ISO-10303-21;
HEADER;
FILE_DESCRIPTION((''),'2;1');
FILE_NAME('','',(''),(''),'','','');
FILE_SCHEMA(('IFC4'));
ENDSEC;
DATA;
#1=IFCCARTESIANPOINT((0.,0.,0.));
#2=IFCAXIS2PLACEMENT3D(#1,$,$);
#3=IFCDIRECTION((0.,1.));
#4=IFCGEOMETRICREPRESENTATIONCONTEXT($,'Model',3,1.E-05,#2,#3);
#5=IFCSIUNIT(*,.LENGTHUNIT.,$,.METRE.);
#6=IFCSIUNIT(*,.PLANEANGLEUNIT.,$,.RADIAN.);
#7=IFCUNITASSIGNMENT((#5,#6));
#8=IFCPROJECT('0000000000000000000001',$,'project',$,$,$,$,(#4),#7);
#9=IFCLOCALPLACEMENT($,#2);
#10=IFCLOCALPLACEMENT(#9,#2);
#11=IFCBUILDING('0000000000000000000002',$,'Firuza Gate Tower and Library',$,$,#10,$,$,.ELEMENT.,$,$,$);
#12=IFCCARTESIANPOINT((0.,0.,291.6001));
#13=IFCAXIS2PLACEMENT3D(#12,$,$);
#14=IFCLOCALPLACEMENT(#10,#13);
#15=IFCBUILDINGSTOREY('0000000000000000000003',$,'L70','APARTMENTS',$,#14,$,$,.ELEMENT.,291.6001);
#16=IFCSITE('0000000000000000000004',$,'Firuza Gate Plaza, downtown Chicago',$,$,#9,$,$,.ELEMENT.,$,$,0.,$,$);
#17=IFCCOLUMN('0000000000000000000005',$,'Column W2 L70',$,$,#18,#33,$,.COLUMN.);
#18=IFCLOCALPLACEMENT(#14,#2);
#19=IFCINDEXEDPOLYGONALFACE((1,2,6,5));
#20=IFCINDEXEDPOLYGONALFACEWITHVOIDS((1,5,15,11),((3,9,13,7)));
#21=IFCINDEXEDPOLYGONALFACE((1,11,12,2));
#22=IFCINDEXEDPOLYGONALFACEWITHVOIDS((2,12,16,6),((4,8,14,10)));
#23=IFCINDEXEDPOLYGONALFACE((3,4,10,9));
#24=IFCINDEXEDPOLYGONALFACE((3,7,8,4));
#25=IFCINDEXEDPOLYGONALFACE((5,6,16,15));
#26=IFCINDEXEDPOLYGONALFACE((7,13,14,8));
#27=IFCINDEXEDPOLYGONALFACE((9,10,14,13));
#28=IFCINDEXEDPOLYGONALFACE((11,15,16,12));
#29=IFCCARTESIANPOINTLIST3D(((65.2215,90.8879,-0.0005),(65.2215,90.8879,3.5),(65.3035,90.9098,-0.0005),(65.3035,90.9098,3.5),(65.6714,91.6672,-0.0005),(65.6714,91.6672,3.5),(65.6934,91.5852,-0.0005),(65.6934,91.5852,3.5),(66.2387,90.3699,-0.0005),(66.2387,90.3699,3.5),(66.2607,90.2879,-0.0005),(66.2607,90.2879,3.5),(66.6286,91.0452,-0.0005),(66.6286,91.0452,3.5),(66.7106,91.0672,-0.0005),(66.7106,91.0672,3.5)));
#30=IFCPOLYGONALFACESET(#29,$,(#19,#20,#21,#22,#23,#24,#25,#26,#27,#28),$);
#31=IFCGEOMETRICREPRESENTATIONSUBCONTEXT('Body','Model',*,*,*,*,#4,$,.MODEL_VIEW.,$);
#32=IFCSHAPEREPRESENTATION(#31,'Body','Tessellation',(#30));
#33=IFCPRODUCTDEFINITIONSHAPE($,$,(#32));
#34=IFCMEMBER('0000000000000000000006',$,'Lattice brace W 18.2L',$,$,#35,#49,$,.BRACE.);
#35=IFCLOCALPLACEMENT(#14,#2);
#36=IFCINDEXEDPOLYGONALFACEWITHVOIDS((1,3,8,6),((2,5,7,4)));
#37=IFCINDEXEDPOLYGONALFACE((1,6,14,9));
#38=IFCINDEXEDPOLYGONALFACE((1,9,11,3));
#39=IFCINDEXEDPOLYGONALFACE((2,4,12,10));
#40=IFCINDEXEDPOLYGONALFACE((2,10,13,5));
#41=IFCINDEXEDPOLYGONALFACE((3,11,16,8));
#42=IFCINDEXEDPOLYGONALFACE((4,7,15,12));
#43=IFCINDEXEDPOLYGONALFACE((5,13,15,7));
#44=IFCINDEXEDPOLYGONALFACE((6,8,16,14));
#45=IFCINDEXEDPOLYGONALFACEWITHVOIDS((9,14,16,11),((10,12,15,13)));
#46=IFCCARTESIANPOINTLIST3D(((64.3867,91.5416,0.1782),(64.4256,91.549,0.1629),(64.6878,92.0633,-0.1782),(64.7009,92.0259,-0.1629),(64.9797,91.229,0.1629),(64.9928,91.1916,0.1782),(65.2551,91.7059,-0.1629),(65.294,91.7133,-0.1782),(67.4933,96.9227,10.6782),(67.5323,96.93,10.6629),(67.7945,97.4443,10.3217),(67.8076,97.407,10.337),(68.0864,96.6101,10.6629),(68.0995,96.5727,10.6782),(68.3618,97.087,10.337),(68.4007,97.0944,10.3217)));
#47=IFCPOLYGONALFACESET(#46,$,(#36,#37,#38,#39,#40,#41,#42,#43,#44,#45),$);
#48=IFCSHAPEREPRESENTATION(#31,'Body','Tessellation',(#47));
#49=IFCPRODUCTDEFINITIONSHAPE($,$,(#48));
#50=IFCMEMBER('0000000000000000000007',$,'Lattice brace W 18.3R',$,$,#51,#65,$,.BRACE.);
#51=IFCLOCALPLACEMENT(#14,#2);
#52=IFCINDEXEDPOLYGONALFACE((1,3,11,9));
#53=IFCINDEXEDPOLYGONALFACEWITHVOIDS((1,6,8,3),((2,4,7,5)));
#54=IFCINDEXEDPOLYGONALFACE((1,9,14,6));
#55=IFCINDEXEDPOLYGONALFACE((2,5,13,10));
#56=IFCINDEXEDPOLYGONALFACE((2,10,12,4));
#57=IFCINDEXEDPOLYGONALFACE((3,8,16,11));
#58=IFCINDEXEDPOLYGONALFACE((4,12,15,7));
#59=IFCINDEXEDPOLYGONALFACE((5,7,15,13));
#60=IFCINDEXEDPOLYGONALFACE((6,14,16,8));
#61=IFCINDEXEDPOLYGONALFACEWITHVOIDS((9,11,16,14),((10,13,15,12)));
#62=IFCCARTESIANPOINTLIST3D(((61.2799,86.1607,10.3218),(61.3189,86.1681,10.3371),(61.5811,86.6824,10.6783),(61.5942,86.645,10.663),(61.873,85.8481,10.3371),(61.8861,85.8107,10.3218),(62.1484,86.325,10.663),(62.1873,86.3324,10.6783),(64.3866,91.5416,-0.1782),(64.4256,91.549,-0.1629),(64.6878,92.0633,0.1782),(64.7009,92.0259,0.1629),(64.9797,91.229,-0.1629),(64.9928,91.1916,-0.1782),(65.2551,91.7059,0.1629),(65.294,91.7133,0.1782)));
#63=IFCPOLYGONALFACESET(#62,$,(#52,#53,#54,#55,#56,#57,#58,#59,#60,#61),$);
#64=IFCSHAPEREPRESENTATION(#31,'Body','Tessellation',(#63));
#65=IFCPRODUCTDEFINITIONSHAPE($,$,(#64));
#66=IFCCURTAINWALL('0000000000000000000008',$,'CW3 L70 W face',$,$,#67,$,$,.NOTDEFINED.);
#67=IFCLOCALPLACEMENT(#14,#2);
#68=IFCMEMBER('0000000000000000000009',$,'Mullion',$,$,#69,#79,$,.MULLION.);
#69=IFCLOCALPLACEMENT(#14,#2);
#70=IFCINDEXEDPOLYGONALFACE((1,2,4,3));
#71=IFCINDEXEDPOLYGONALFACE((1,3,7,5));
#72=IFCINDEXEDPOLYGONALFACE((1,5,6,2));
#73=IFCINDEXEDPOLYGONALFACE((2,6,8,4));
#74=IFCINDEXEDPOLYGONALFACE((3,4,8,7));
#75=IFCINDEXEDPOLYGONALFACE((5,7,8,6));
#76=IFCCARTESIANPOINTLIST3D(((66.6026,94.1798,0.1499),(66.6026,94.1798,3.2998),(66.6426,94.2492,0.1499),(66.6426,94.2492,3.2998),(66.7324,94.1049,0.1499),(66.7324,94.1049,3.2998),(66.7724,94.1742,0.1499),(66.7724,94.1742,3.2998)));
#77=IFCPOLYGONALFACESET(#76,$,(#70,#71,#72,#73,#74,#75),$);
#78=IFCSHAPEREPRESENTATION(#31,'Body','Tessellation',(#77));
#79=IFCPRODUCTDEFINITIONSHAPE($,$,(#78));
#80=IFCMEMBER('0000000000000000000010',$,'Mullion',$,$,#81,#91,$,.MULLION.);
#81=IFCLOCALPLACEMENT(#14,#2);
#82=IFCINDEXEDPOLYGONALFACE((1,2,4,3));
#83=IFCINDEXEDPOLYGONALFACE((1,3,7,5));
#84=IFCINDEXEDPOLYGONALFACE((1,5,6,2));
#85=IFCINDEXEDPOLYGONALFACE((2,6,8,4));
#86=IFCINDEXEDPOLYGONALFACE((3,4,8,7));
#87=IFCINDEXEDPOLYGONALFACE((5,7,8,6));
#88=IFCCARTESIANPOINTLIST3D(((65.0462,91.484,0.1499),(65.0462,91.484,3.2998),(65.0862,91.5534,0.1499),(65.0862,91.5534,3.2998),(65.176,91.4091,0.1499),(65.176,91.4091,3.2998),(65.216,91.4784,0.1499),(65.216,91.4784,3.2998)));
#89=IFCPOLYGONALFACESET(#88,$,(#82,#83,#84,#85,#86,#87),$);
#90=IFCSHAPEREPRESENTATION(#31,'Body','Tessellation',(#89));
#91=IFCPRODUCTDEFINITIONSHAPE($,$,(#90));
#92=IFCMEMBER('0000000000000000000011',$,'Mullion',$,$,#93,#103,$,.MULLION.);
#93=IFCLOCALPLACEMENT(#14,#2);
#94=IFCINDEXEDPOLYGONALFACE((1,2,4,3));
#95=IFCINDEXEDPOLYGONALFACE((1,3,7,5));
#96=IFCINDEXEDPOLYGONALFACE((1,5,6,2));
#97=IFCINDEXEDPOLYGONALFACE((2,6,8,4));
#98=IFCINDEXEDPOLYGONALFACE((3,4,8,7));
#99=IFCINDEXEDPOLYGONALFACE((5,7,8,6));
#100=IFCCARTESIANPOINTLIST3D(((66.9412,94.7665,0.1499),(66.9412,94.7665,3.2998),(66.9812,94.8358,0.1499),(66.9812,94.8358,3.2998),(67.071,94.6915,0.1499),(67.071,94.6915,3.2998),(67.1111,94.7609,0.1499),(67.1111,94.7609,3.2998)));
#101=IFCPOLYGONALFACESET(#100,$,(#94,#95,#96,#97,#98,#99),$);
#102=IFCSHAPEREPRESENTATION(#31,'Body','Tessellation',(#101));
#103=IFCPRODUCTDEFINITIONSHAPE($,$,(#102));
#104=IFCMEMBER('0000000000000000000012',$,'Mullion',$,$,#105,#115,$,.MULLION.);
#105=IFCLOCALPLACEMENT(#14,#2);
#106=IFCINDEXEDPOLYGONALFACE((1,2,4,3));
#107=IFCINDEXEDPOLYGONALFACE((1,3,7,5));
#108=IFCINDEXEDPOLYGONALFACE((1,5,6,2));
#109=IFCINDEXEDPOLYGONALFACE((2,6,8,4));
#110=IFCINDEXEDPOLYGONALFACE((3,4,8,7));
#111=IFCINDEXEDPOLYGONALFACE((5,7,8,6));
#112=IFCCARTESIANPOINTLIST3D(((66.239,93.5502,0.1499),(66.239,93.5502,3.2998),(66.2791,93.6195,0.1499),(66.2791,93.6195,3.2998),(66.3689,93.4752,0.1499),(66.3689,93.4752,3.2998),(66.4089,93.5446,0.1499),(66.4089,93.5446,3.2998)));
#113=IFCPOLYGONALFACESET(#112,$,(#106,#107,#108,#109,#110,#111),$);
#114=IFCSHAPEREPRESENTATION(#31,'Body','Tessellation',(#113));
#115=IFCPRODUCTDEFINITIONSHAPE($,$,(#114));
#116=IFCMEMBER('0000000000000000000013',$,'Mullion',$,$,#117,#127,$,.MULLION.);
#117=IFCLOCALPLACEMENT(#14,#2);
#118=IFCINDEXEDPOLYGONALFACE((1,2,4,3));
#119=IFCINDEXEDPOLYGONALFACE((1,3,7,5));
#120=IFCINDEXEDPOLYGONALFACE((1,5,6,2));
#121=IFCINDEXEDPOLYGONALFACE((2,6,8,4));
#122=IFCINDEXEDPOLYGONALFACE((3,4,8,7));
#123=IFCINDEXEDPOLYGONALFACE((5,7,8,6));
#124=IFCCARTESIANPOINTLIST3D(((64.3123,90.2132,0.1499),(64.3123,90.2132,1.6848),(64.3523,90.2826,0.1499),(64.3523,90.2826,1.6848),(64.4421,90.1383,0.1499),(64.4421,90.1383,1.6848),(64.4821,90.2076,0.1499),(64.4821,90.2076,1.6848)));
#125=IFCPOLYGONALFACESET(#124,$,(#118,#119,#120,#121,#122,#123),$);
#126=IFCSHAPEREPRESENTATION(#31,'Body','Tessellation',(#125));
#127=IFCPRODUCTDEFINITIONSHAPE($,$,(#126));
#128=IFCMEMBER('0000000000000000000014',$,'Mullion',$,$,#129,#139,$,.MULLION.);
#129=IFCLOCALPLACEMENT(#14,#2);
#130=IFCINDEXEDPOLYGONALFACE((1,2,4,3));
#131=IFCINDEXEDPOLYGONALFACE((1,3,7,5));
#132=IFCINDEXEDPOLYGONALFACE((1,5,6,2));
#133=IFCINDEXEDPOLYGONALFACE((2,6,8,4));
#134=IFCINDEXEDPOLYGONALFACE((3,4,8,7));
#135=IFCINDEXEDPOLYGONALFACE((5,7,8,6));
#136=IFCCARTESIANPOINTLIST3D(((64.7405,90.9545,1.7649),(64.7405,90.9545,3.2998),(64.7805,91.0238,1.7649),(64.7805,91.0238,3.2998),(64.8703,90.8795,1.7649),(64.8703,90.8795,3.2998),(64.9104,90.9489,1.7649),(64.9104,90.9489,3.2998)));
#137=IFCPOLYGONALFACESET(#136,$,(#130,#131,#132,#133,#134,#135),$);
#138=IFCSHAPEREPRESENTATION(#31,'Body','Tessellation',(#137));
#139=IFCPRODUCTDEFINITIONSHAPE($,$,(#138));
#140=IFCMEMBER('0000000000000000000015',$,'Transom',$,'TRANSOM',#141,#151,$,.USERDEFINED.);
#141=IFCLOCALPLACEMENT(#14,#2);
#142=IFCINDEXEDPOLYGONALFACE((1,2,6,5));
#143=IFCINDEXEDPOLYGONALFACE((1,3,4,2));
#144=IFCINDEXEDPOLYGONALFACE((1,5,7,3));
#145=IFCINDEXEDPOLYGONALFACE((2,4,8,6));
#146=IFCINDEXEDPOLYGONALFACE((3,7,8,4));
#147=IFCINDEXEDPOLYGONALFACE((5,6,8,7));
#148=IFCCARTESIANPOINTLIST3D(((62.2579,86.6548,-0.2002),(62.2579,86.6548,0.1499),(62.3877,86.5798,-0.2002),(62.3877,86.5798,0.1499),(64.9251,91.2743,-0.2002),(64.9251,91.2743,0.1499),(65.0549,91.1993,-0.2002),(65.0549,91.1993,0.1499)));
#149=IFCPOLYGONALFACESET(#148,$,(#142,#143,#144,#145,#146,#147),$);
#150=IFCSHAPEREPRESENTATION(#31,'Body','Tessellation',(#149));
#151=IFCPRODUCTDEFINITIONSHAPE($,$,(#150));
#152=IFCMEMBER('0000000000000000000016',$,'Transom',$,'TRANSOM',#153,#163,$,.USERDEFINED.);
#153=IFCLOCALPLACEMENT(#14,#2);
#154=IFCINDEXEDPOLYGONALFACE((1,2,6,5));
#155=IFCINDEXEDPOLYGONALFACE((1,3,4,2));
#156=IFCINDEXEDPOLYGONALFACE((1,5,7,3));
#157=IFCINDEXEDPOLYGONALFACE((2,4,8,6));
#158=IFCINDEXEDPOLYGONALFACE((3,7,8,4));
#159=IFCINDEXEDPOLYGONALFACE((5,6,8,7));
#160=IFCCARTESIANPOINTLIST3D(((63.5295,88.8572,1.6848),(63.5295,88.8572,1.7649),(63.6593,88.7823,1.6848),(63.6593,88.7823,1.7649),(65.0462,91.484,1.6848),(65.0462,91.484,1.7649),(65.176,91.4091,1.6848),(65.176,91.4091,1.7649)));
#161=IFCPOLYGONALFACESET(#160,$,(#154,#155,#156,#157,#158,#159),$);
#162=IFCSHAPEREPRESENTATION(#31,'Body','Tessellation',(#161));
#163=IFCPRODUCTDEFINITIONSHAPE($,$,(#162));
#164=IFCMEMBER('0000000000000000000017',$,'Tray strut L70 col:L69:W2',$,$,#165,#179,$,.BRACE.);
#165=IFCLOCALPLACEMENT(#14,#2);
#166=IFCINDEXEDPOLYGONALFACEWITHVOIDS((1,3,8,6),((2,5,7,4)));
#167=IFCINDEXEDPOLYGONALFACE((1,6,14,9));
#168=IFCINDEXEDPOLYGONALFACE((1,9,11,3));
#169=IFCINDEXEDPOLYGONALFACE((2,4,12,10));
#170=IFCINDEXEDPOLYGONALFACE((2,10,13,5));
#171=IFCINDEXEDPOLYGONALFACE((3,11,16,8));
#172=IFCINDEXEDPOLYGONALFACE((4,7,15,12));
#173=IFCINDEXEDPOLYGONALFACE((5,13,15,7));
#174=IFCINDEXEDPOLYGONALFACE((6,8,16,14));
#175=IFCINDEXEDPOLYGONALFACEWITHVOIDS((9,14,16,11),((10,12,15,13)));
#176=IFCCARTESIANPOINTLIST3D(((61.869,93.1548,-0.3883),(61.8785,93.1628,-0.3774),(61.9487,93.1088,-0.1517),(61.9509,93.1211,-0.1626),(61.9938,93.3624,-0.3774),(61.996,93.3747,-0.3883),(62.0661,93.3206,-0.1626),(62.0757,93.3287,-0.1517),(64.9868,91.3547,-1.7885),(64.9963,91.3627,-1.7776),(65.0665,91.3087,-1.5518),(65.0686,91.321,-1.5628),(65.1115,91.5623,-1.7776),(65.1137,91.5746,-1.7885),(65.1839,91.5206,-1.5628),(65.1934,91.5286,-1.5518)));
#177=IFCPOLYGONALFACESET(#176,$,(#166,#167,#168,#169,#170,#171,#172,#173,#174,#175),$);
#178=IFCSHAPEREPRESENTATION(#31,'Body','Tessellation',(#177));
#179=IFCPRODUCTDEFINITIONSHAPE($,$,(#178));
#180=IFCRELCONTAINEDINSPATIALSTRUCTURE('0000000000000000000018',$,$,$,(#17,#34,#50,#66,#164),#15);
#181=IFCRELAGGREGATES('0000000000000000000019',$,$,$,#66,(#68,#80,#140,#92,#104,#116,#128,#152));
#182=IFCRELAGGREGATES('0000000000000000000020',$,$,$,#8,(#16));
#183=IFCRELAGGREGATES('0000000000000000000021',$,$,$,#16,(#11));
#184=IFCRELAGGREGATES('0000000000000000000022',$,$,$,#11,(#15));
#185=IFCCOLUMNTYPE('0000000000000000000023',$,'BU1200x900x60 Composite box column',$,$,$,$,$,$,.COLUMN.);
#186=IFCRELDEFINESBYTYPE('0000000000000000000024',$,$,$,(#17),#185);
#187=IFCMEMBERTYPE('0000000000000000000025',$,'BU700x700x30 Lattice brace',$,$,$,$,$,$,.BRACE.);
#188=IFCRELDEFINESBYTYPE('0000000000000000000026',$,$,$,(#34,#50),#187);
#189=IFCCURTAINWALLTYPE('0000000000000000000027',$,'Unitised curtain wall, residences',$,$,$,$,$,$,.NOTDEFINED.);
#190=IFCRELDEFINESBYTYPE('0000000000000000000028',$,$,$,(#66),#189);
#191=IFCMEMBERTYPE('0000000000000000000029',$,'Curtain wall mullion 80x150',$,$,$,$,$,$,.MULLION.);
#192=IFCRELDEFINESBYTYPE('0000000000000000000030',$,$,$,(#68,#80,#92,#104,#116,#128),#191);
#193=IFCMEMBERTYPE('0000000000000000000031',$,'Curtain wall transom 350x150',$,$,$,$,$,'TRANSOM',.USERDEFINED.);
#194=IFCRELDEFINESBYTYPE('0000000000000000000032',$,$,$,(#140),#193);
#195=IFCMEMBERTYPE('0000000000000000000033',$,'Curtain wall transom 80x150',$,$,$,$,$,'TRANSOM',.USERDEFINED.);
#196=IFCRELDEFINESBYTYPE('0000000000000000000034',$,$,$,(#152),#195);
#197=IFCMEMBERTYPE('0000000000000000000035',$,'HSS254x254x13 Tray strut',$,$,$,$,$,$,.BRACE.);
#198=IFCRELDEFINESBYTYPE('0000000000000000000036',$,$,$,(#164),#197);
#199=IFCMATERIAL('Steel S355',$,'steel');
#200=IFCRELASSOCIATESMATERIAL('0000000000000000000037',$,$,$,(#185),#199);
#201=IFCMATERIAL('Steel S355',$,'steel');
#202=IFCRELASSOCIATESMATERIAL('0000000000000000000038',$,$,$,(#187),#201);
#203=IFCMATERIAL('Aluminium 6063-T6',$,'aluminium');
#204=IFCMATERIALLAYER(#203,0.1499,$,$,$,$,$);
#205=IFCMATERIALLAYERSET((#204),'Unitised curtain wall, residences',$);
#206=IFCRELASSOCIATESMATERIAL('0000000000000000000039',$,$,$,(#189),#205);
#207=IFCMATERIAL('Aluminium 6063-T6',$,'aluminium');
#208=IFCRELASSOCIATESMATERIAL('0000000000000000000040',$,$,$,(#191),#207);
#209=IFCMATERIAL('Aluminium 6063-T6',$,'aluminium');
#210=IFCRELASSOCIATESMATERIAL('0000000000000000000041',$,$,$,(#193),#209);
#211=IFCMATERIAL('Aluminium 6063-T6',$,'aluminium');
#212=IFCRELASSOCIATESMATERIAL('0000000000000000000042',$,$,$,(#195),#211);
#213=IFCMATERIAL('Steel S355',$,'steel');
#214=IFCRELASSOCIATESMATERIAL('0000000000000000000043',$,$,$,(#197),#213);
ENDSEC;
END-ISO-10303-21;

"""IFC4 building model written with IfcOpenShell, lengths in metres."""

from ifc_helpers import new_model, si_unit, direction, frame, origin, origin_2d, place, context, subcontext, project, spatial, rectangle, hollow_rectangle, extrude, material, layer, layer_set, material_profile, profile_set, type_object, element, aggregate, save


model = new_model("IFC4")

# Units and contexts
model_context = context("Model", 3, precision=1e-05, world=origin(), true_north=direction((0.0, 1.0)))
body_context = subcontext(model_context, "Body", "Model", "MODEL_VIEW")
ifc_project = project(units=[si_unit("LENGTHUNIT", "METRE"), si_unit("PLANEANGLEUNIT", "RADIAN")], contexts=[model_context])

# Site, building, storey
site_placement = place(None, origin())
site = spatial("IfcSite", under=ifc_project, at=site_placement, Name="Firuza Gate Plaza, downtown Chicago", CompositionType="ELEMENT", RefElevation=0.0)
building_placement = place(site_placement, origin())
building = spatial("IfcBuilding", under=site, at=building_placement, Name="Firuza Gate Tower and Library", CompositionType="ELEMENT")
storey_placement = place(building_placement, frame((0.0, 0.0, 291.6001)))
storey = spatial("IfcBuildingStorey", under=building, at=storey_placement, Name="L70", Description="APARTMENTS", CompositionType="ELEMENT", Elevation=291.6001)

# Column
ifc_material_1 = material(Name="Steel S355", Category="steel")
ifc_material_profile_1 = material_profile(ifc_material_1, hollow_rectangle(XDim=0.8999, YDim=1.2, WallThickness=0.0601, at=origin_2d()))
ifc_profile_set_1 = profile_set([ifc_material_profile_1], Name="Steel S355")
column_type = type_object("IfcColumnType", Name="BU1200x900x60 Composite box column", PredefinedType="COLUMN", material=ifc_profile_set_1)
column_placement = place(storey_placement, frame((65.9661, 90.9775, -0.0005), z_axis=(0.0, 0.0, 1.0), x_axis=(-0.5, -0.866025, 0.0)))
element("IfcColumn", 1, at=column_placement, inside=storey, type_object=column_type, Name="Column W2 L70", PredefinedType="COLUMN", context=body_context, shape_type="SweptSolid", body=[
    extrude(hollow_rectangle(XDim=0.8999, YDim=1.2, WallThickness=0.0601, at=origin_2d()), origin(), (0.0, 0.0, 1.0), 3.5005),
])

# Members
ifc_material_2 = material(Name="Steel S355", Category="steel")
ifc_material_profile_2 = material_profile(ifc_material_2, hollow_rectangle(XDim=0.7, YDim=0.7, WallThickness=0.03, at=origin_2d()))
ifc_profile_set_2 = profile_set([ifc_material_profile_2], Name="Steel S355")
member_type_1 = type_object("IfcMemberType", Name="BU700x700x30 Lattice brace", PredefinedType="BRACE", material=ifc_profile_set_2)
for number, where, z_axis, x_axis, name in (
    (2, (64.8403, 91.6274, 0.0), (0.254631, 0.441048, 0.860604), (-0.866032, 0.499989, 0.0), "Lattice brace W 18.2L"),
    (3, (64.8403, 91.6274, 0.0), (-0.254634, -0.441032, 0.860612), (0.866022, -0.500006, 0.0), "Lattice brace W 18.3R"),
):
    element("IfcMember", number, at=place(storey_placement, frame(where, z_axis=z_axis, x_axis=x_axis)), inside=storey, type_object=member_type_1, Name=name, PredefinedType="BRACE", context=body_context, shape_type="SweptSolid", body=[
        extrude(hollow_rectangle(XDim=0.7, YDim=0.7, WallThickness=0.03, at=origin_2d()), origin(), (0.0, 0.0, 1.0), 12.2007),
    ])

# Curtain wall, members
ifc_material_3 = material(Name="Aluminium 6063-T6", Category="aluminium")
ifc_layer_1 = layer(ifc_material_3, 0.1499)
ifc_layer_set_1 = layer_set([ifc_layer_1], Name="Unitised curtain wall, residences")
curtain_wall_type = type_object("IfcCurtainWallType", Name="Unitised curtain wall, residences", PredefinedType="NOTDEFINED", material=ifc_layer_set_1)
placement = place(storey_placement, origin())
curtain_wall = element("IfcCurtainWall", 4, at=placement, inside=storey, type_object=curtain_wall_type, Name="CW3 L70 W face", PredefinedType="NOTDEFINED")
ifc_material_4 = material(Name="Aluminium 6063-T6", Category="aluminium")
ifc_material_profile_3 = material_profile(ifc_material_4, rectangle(XDim=0.1499, YDim=0.0801, at=origin_2d()))
ifc_profile_set_3 = profile_set([ifc_material_profile_3], Name="Aluminium 6063-T6")
member_type_2 = type_object("IfcMemberType", Name="Curtain wall mullion 80x150", PredefinedType="MULLION", material=ifc_profile_set_3)
member_1_placement = place(storey_placement, frame((66.6875, 94.177, 0.1499), z_axis=(0.0, 0.0, 1.0), x_axis=(0.866025, -0.5, 0.0)))
member_1 = element("IfcMember", 5, at=member_1_placement, type_object=member_type_2, Name="Mullion", PredefinedType="MULLION", context=body_context, shape_type="SweptSolid", body=[
    extrude(rectangle(XDim=0.1499, YDim=0.0801, at=origin_2d()), origin(), (0.0, 0.0, 1.0), 3.1499),
])
member_2_placement = place(storey_placement, frame((65.1311, 91.4812, 0.1499), z_axis=(0.0, 0.0, 1.0), x_axis=(0.866025, -0.5, 0.0)))
member_2 = element("IfcMember", 6, at=member_2_placement, type_object=member_type_2, Name="Mullion", PredefinedType="MULLION", context=body_context, shape_type="SweptSolid", body=[
    extrude(rectangle(XDim=0.1499, YDim=0.0801, at=origin_2d()), origin(), (0.0, 0.0, 1.0), 3.1499),
])
member_3_placement = place(storey_placement, frame((67.0261, 94.7637, 0.1499), z_axis=(0.0, 0.0, 1.0), x_axis=(0.866025, -0.5, 0.0)))
member_3 = element("IfcMember", 7, at=member_3_placement, type_object=member_type_2, Name="Mullion", PredefinedType="MULLION", context=body_context, shape_type="SweptSolid", body=[
    extrude(rectangle(XDim=0.1499, YDim=0.0801, at=origin_2d()), origin(), (0.0, 0.0, 1.0), 3.1499),
])
member_4_placement = place(storey_placement, frame((66.324, 93.5474, 0.1499), z_axis=(0.0, 0.0, 1.0), x_axis=(0.866025, -0.5, 0.0)))
member_4 = element("IfcMember", 8, at=member_4_placement, type_object=member_type_2, Name="Mullion", PredefinedType="MULLION", context=body_context, shape_type="SweptSolid", body=[
    extrude(rectangle(XDim=0.1499, YDim=0.0801, at=origin_2d()), origin(), (0.0, 0.0, 1.0), 3.1499),
])
member_5_placement = place(storey_placement, frame((64.3972, 90.2104, 0.1499), z_axis=(0.0, 0.0, 1.0), x_axis=(0.866025, -0.5, 0.0)))
member_5 = element("IfcMember", 9, at=member_5_placement, type_object=member_type_2, Name="Mullion", PredefinedType="MULLION", context=body_context, shape_type="SweptSolid", body=[
    extrude(rectangle(XDim=0.1499, YDim=0.0801, at=origin_2d()), origin(), (0.0, 0.0, 1.0), 1.5349),
])
member_6_placement = place(storey_placement, frame((64.8254, 90.9517, 1.7649), z_axis=(0.0, 0.0, 1.0), x_axis=(0.866025, -0.5, 0.0)))
member_6 = element("IfcMember", 10, at=member_6_placement, type_object=member_type_2, Name="Mullion", PredefinedType="MULLION", context=body_context, shape_type="SweptSolid", body=[
    extrude(rectangle(XDim=0.1499, YDim=0.0801, at=origin_2d()), origin(), (0.0, 0.0, 1.0), 1.5349),
])
ifc_material_5 = material(Name="Aluminium 6063-T6", Category="aluminium")
ifc_material_profile_4 = material_profile(ifc_material_5, rectangle(XDim=0.1499, YDim=0.3501, at=origin_2d()))
ifc_profile_set_4 = profile_set([ifc_material_profile_4], Name="Aluminium 6063-T6")
member_type_3 = type_object("IfcMemberType", Name="Curtain wall transom 350x150", ElementType="TRANSOM", PredefinedType="USERDEFINED", material=ifc_profile_set_4)
member_7_placement = place(storey_placement, frame((64.99, 91.2368, -0.0251), z_axis=(-0.500013, -0.866018, 0.0), x_axis=(0.866018, -0.500013, 0.0)))
member_7 = element("IfcMember", 11, at=member_7_placement, type_object=member_type_3, Name="Transom", ObjectType="TRANSOM", PredefinedType="USERDEFINED", context=body_context, shape_type="SweptSolid", body=[
    extrude(rectangle(XDim=0.1499, YDim=0.3501, at=origin_2d()), origin(), (0.0, 0.0, 1.0), 5.3342),
])
ifc_material_6 = material(Name="Aluminium 6063-T6", Category="aluminium")
ifc_material_profile_5 = material_profile(ifc_material_6, rectangle(XDim=0.1499, YDim=0.0801, at=origin_2d()))
ifc_profile_set_5 = profile_set([ifc_material_profile_5], Name="Aluminium 6063-T6")
member_type_4 = type_object("IfcMemberType", Name="Curtain wall transom 80x150", ElementType="TRANSOM", PredefinedType="USERDEFINED", material=ifc_profile_set_5)
member_8_placement = place(storey_placement, frame((65.1111, 91.4465, 1.7249), z_axis=(-0.500017, -0.866015, 0.0), x_axis=(0.866015, -0.500017, 0.0)))
member_8 = element("IfcMember", 12, at=member_8_placement, type_object=member_type_4, Name="Transom", ObjectType="TRANSOM", PredefinedType="USERDEFINED", context=body_context, shape_type="SweptSolid", body=[
    extrude(rectangle(XDim=0.1499, YDim=0.0801, at=origin_2d()), origin(), (0.0, 0.0, 1.0), 3.0332),
])

# Member
ifc_material_7 = material(Name="Steel S355", Category="steel")
ifc_material_profile_6 = material_profile(ifc_material_7, hollow_rectangle(XDim=0.2539, YDim=0.2539, WallThickness=0.0117, at=origin_2d()))
ifc_profile_set_6 = profile_set([ifc_material_profile_6], Name="Steel S355")
member_type_5 = type_object("IfcMemberType", Name="HSS254x254x13 Tray strut", PredefinedType="BRACE", material=ifc_profile_set_6)
member_9_placement = place(storey_placement, frame((65.0901, 91.4417, -1.6702), z_axis=(-0.807122, 0.466007, 0.362478), x_axis=(-0.500012, -0.866018, 0.0)))
element("IfcMember", 13, at=member_9_placement, inside=storey, type_object=member_type_5, Name="Tray strut L70 col:L69:W2", PredefinedType="BRACE", context=body_context, shape_type="SweptSolid", body=[
    extrude(hollow_rectangle(XDim=0.2539, YDim=0.2539, WallThickness=0.0117, at=origin_2d()), origin(), (0.0, 0.0, 1.0), 3.8628),
])

aggregate(curtain_wall, [member_1, member_2, member_7, member_3, member_4, member_5, member_6, member_8])

save(model, "model.ifc")
